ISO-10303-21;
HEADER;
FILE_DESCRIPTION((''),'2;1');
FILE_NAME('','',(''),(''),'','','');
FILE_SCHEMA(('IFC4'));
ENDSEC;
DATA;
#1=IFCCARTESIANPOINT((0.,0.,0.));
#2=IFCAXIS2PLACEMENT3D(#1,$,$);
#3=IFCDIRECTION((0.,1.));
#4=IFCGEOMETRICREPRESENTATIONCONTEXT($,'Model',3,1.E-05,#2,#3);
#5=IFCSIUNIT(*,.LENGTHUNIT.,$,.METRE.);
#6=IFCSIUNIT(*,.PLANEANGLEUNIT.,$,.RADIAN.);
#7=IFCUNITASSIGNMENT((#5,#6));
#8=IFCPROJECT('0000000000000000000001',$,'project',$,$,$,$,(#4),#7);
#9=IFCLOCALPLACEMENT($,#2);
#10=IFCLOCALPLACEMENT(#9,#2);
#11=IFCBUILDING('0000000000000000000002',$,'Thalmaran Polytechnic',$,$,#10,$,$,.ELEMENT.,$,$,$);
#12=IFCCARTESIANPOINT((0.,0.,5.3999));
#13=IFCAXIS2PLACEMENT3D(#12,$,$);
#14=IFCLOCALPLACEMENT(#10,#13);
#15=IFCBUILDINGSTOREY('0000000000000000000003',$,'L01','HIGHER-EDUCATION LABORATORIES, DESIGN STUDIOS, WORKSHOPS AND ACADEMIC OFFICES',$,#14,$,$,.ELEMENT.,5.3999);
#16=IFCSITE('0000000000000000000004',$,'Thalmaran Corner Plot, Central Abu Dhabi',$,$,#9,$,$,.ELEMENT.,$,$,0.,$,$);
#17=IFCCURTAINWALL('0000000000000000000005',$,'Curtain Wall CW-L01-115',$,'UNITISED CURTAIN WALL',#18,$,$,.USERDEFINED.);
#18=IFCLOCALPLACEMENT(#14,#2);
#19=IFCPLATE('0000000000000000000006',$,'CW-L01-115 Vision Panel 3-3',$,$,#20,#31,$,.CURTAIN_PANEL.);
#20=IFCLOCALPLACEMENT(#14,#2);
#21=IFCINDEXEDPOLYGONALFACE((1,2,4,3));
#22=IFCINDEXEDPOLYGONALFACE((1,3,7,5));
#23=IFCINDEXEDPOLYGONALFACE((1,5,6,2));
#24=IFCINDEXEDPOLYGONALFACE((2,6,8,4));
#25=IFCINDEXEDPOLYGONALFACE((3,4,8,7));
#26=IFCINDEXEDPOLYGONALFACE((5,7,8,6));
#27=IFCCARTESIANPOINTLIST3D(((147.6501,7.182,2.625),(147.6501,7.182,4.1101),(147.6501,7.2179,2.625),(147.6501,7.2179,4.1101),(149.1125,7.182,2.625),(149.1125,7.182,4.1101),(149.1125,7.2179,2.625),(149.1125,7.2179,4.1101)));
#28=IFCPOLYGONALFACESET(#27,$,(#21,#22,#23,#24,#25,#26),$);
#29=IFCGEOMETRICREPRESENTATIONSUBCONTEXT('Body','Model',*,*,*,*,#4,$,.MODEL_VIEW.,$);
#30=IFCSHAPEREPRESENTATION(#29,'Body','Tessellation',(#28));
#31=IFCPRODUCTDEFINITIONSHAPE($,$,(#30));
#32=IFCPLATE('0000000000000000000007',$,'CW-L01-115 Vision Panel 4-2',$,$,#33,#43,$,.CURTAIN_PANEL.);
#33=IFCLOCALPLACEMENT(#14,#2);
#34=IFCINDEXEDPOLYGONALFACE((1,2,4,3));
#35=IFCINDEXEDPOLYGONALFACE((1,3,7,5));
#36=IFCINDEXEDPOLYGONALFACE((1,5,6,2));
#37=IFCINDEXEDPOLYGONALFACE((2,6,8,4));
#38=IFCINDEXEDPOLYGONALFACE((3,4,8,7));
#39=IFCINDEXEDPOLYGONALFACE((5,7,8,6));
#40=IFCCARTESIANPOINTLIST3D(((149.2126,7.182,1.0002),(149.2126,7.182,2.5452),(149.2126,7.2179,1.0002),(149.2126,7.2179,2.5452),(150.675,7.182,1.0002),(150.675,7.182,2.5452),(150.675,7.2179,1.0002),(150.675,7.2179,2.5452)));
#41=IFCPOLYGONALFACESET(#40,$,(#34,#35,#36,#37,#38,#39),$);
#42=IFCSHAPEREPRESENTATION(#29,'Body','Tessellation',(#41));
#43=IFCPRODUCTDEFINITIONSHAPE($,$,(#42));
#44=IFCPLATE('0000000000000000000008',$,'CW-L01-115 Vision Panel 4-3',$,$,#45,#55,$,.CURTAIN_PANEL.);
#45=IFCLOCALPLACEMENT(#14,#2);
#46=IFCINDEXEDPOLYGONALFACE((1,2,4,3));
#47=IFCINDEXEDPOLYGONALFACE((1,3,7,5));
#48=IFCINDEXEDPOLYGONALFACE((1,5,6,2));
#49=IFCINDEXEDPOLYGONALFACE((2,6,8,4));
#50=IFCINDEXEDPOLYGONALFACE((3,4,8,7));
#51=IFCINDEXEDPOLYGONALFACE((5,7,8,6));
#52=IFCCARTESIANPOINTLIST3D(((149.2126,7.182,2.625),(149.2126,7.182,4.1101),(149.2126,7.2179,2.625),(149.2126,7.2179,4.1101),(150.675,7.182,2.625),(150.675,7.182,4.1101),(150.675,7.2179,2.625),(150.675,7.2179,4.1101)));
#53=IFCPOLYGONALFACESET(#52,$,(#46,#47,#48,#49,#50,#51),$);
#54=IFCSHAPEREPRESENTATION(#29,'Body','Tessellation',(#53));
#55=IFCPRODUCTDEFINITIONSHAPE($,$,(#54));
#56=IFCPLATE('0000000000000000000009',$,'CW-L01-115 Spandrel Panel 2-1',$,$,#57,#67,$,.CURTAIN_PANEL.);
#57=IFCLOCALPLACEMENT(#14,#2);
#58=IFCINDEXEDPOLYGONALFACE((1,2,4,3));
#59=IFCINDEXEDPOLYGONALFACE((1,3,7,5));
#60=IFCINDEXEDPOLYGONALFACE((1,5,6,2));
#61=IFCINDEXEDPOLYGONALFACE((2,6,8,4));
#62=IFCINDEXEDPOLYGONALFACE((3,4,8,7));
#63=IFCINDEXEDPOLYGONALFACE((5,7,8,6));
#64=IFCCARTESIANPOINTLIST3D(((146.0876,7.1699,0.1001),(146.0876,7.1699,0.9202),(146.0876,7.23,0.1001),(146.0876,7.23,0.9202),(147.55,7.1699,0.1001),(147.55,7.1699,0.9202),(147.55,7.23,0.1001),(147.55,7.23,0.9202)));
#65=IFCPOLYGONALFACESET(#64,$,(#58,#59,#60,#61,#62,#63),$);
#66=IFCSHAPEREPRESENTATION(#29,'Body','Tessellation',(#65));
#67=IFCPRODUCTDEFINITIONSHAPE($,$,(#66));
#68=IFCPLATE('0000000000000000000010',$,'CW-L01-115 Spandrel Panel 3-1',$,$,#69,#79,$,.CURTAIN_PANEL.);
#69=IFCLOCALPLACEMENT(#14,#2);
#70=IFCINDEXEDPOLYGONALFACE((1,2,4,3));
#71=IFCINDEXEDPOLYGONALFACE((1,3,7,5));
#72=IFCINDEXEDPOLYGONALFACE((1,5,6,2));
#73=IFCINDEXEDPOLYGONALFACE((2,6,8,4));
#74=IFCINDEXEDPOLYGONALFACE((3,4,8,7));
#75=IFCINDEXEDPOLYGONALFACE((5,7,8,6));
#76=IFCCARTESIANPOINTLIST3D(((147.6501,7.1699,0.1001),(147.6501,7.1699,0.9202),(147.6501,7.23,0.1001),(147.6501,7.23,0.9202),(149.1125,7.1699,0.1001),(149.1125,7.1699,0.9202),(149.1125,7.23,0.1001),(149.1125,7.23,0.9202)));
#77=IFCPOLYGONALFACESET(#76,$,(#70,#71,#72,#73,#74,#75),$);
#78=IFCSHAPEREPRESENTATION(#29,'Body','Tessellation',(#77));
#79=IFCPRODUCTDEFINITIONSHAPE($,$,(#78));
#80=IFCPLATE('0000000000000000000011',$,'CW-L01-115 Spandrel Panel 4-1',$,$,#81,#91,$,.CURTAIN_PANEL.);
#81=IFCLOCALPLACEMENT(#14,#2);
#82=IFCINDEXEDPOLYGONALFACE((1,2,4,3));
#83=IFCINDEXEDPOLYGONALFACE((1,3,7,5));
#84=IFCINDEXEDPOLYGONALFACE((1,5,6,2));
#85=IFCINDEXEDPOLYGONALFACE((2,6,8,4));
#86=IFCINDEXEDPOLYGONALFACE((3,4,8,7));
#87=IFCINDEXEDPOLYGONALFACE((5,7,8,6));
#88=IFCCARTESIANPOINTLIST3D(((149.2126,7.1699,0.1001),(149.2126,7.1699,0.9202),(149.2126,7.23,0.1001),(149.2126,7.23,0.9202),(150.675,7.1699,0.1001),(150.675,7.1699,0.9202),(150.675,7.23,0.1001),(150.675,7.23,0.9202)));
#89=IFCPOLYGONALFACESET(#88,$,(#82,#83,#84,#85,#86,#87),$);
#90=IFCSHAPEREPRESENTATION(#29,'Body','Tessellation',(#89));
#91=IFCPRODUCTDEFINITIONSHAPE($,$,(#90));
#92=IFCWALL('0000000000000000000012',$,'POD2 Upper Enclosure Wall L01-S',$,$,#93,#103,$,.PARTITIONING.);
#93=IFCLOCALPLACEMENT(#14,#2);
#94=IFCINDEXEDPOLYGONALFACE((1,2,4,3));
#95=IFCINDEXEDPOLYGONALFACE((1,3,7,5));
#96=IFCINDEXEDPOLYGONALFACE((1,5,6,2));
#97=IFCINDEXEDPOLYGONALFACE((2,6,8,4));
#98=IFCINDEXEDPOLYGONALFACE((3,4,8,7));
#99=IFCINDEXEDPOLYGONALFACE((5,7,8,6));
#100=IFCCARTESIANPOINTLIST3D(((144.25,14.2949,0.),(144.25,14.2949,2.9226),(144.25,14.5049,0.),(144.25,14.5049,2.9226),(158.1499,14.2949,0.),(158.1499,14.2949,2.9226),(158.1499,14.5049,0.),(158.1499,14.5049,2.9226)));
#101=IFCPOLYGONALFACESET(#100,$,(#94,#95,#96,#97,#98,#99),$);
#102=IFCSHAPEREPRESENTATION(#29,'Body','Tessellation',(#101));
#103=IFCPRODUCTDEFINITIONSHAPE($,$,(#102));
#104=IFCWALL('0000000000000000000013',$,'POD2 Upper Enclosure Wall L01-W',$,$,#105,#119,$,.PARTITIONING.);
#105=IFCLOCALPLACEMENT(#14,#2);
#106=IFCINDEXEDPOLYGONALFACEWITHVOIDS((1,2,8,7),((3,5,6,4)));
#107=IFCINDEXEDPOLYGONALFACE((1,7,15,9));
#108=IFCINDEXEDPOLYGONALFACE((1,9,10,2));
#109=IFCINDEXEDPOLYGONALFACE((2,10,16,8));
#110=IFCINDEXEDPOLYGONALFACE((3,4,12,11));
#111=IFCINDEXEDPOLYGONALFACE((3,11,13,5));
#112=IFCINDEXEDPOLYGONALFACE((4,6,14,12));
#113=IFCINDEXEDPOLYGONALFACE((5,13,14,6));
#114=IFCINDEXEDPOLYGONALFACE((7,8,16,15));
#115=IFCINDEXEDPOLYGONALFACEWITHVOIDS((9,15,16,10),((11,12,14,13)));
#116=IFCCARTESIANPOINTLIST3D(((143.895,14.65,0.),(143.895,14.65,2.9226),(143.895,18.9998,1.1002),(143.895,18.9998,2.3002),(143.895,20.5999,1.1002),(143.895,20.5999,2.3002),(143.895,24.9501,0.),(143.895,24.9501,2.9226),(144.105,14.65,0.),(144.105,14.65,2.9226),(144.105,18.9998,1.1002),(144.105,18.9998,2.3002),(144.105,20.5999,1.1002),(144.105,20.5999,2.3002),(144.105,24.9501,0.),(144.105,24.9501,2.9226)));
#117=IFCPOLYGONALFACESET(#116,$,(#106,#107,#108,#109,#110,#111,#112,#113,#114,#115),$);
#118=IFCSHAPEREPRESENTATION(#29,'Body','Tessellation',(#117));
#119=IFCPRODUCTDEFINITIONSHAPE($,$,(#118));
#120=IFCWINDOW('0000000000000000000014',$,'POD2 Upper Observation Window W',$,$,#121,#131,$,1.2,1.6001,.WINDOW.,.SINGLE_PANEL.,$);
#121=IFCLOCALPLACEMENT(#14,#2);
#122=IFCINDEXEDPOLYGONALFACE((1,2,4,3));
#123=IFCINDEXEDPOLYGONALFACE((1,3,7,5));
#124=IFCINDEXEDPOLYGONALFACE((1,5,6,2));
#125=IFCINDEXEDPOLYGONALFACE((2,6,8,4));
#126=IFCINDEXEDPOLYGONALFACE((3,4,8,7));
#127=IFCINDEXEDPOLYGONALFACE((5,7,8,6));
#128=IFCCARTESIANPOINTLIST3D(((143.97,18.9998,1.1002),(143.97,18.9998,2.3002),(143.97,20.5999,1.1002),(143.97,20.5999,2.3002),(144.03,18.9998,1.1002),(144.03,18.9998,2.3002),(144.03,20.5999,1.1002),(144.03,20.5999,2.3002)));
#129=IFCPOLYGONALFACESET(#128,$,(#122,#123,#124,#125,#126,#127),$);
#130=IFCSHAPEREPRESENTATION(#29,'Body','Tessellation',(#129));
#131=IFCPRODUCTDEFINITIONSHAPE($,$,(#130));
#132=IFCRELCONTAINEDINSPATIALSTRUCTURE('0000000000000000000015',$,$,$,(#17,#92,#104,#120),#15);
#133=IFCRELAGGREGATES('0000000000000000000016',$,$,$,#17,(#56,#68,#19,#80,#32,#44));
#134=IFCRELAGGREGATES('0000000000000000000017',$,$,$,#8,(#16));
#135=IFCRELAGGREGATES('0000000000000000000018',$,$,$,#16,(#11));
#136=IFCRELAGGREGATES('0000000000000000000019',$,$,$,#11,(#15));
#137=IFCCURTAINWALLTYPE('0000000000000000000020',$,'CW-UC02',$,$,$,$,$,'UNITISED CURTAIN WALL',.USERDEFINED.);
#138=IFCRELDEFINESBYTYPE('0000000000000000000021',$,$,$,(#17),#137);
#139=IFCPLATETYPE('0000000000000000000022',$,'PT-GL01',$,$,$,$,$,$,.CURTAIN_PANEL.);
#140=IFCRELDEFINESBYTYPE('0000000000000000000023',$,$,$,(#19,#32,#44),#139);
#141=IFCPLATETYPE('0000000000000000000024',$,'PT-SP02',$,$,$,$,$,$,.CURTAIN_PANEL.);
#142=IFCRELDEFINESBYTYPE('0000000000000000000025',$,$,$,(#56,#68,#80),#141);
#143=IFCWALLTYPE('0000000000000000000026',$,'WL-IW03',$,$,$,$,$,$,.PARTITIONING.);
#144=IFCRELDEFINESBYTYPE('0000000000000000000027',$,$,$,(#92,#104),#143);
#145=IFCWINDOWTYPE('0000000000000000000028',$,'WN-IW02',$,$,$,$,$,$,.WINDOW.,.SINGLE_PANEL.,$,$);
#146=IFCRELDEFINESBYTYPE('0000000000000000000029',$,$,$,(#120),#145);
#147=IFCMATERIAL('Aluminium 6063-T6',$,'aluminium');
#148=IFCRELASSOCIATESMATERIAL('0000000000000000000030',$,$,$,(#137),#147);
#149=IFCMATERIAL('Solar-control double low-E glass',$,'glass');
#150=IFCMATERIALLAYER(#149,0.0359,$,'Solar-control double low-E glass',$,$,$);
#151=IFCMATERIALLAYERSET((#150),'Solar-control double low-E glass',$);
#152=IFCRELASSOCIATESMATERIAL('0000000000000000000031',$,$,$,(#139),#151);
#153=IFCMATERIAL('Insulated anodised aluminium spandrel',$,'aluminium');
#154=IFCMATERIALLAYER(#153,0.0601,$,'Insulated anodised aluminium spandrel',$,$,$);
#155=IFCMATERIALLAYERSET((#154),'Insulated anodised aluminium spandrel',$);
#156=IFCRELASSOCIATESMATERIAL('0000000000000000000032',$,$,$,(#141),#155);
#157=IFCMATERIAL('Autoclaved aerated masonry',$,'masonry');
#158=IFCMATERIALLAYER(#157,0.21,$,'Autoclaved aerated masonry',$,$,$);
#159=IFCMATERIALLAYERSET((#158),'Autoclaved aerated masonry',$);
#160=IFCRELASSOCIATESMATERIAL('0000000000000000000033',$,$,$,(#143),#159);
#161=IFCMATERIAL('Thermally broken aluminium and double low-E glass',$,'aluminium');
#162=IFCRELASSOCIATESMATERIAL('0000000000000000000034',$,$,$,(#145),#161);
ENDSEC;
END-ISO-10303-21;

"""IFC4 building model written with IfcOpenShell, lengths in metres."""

from ifc_helpers import new_model, si_unit, direction, frame, frame_2d, origin, origin_2d, place, context, subcontext, project, spatial, rectangle, extrude, material, layer, layer_set, type_object, element, fill, aggregate, save


model = new_model("IFC4")

# Units and contexts
model_context = context("Model", 3, precision=1e-05, world=origin(), true_north=direction((0.0, 1.0)))
body_context = subcontext(model_context, "Body", "Model", "MODEL_VIEW")
ifc_project = project(units=[si_unit("LENGTHUNIT", "METRE"), si_unit("PLANEANGLEUNIT", "RADIAN")], contexts=[model_context])

# Site, building, storey
site_placement = place(None, origin())
site = spatial("IfcSite", under=ifc_project, at=site_placement, Name="Thalmaran Corner Plot, Central Abu Dhabi", CompositionType="ELEMENT", RefElevation=0.0)
building_placement = place(site_placement, origin())
building = spatial("IfcBuilding", under=site, at=building_placement, Name="Thalmaran Polytechnic", CompositionType="ELEMENT")
storey_placement = place(building_placement, frame((0.0, 0.0, 5.3999)))
storey = spatial("IfcBuildingStorey", under=building, at=storey_placement, Name="L01", Description="HIGHER-EDUCATION LABORATORIES, DESIGN STUDIOS, WORKSHOPS AND ACADEMIC OFFICES", CompositionType="ELEMENT", Elevation=5.3999)

# Curtain wall
ifc_material_1 = material(Name="Aluminium 6063-T6", Category="aluminium")
curtain_wall_type = type_object("IfcCurtainWallType", Name="CW-UC02", ElementType="UNITISED CURTAIN WALL", PredefinedType="USERDEFINED", material=ifc_material_1)
curtain_wall_1_placement = place(storey_placement, origin())
curtain_wall_1 = element("IfcCurtainWall", 1, at=curtain_wall_1_placement, inside=storey, type_object=curtain_wall_type, Name="Curtain Wall CW-L01-115", ObjectType="UNITISED CURTAIN WALL", PredefinedType="USERDEFINED")

# Plates
ifc_material_2 = material(Name="Solar-control double low-E glass", Category="glass")
ifc_layer_1 = layer(ifc_material_2, 0.0359, Name="Solar-control double low-E glass")
ifc_layer_set_1 = layer_set([ifc_layer_1], Name="Solar-control double low-E glass")
plate_type_1 = type_object("IfcPlateType", Name="PT-GL01", PredefinedType="CURTAIN_PANEL", material=ifc_layer_set_1)
plate_1_placement = place(storey_placement, frame((148.3813, 7.2, 2.625), z_axis=(0.0, 0.0, 1.0), x_axis=(1.0, 0.0, 0.0)))
plate_1 = element("IfcPlate", 2, at=plate_1_placement, type_object=plate_type_1, Name="CW-L01-115 Vision Panel 3-3", PredefinedType="CURTAIN_PANEL", context=body_context, shape_type="SweptSolid", body=[
    extrude(rectangle(XDim=1.4624, YDim=0.0359, at=origin_2d()), origin(), (0.0, 0.0, 1.0), 1.4851),
])
plate_2_placement = place(storey_placement, frame((149.9438, 7.2, 1.0002), z_axis=(0.0, 0.0, 1.0), x_axis=(1.0, 0.0, 0.0)))
plate_2 = element("IfcPlate", 3, at=plate_2_placement, type_object=plate_type_1, Name="CW-L01-115 Vision Panel 4-2", PredefinedType="CURTAIN_PANEL", context=body_context, shape_type="SweptSolid", body=[
    extrude(rectangle(XDim=1.4624, YDim=0.0359, at=origin_2d()), origin(), (0.0, 0.0, 1.0), 1.5449),
])
plate_3_placement = place(storey_placement, frame((149.9438, 7.2, 2.625), z_axis=(0.0, 0.0, 1.0), x_axis=(1.0, 0.0, 0.0)))
plate_3 = element("IfcPlate", 4, at=plate_3_placement, type_object=plate_type_1, Name="CW-L01-115 Vision Panel 4-3", PredefinedType="CURTAIN_PANEL", context=body_context, shape_type="SweptSolid", body=[
    extrude(rectangle(XDim=1.4624, YDim=0.0359, at=origin_2d()), origin(), (0.0, 0.0, 1.0), 1.4851),
])
ifc_material_3 = material(Name="Insulated anodised aluminium spandrel", Category="aluminium")
ifc_layer_2 = layer(ifc_material_3, 0.0601, Name="Insulated anodised aluminium spandrel")
ifc_layer_set_2 = layer_set([ifc_layer_2], Name="Insulated anodised aluminium spandrel")
plate_type_2 = type_object("IfcPlateType", Name="PT-SP02", PredefinedType="CURTAIN_PANEL", material=ifc_layer_set_2)
plate_4_placement = place(storey_placement, frame((146.8188, 7.2, 0.1001), z_axis=(0.0, 0.0, 1.0), x_axis=(1.0, 0.0, 0.0)))
plate_4 = element("IfcPlate", 5, at=plate_4_placement, type_object=plate_type_2, Name="CW-L01-115 Spandrel Panel 2-1", PredefinedType="CURTAIN_PANEL", context=body_context, shape_type="SweptSolid", body=[
    extrude(rectangle(XDim=1.4624, YDim=0.0601, at=origin_2d()), origin(), (0.0, 0.0, 1.0), 0.8201),
])
plate_5_placement = place(storey_placement, frame((148.3813, 7.2, 0.1001), z_axis=(0.0, 0.0, 1.0), x_axis=(1.0, 0.0, 0.0)))
plate_5 = element("IfcPlate", 6, at=plate_5_placement, type_object=plate_type_2, Name="CW-L01-115 Spandrel Panel 3-1", PredefinedType="CURTAIN_PANEL", context=body_context, shape_type="SweptSolid", body=[
    extrude(rectangle(XDim=1.4624, YDim=0.0601, at=origin_2d()), origin(), (0.0, 0.0, 1.0), 0.8201),
])
plate_6_placement = place(storey_placement, frame((149.9438, 7.2, 0.1001), z_axis=(0.0, 0.0, 1.0), x_axis=(1.0, 0.0, 0.0)))
plate_6 = element("IfcPlate", 7, at=plate_6_placement, type_object=plate_type_2, Name="CW-L01-115 Spandrel Panel 4-1", PredefinedType="CURTAIN_PANEL", context=body_context, shape_type="SweptSolid", body=[
    extrude(rectangle(XDim=1.4624, YDim=0.0601, at=origin_2d()), origin(), (0.0, 0.0, 1.0), 0.8201),
])
aggregate(curtain_wall_1, [plate_4, plate_5, plate_1, plate_6, plate_2, plate_3])

# Wall
ifc_material_4 = material(Name="Autoclaved aerated masonry", Category="masonry")
ifc_layer_3 = layer(ifc_material_4, 0.21, Name="Autoclaved aerated masonry")
ifc_layer_set_3 = layer_set([ifc_layer_3], Name="Autoclaved aerated masonry")
wall_type_1 = type_object("IfcWallType", Name="WL-IW03", PredefinedType="PARTITIONING", material=ifc_layer_set_3)
wall_1_placement = place(storey_placement, frame((144.25, 14.3999, 0.0), z_axis=(0.0, 0.0, 1.0), x_axis=(1.0, 0.0, 0.0)))
element("IfcWall", 8, at=wall_1_placement, inside=storey, type_object=wall_type_1, Name="POD2 Upper Enclosure Wall L01-S", PredefinedType="PARTITIONING", context=body_context, shape_type="SweptSolid", body=[
    extrude(rectangle(XDim=13.8999, YDim=0.21, at=frame_2d((6.95, 0.0))), origin(), (0.0, 0.0, 1.0), 2.9226),
])

# Wall, opening, window
wall_2_placement = place(storey_placement, frame((144.0, 24.95, 0.0), z_axis=(0.0, 0.0, 1.0), x_axis=(0.0, -1.0, 0.0)))
wall_2 = element("IfcWall", 9, at=wall_2_placement, inside=storey, type_object=wall_type_1, Name="POD2 Upper Enclosure Wall L01-W", PredefinedType="PARTITIONING", context=body_context, shape_type="SweptSolid", body=[
    extrude(rectangle(XDim=10.3, YDim=0.21, at=frame_2d((5.1499, 0.0))), origin(), (0.0, 0.0, 1.0), 2.9226),
])
opening_1_placement = place(wall_2_placement, frame((4.3501, 0.0, 1.1001)))
opening_1 = element("IfcOpeningElement", 10, at=opening_1_placement, cuts=wall_2, PredefinedType="OPENING", context=body_context, shape_type="SweptSolid", body=[
    extrude(rectangle(XDim=1.6001, YDim=1.2, at=frame_2d((0.8, 0.6001))), frame((0.0, 0.115, 0.0), z_axis=(0.0, -1.0, 0.0), x_axis=(1.0, 0.0, 0.0)), (0.0, 0.0, 1.0), 0.23),
])
ifc_material_5 = material(Name="Thermally broken aluminium and double low-E glass", Category="aluminium")
window_type = type_object("IfcWindowType", Name="WN-IW02", PartitioningType="SINGLE_PANEL", PredefinedType="WINDOW", material=ifc_material_5)
window_placement = place(opening_1_placement, origin())
window = element("IfcWindow", 11, at=window_placement, inside=storey, type_object=window_type, Name="POD2 Upper Observation Window W", OverallHeight=1.2, OverallWidth=1.6001, PartitioningType="SINGLE_PANEL", PredefinedType="WINDOW", context=body_context, shape_type="SweptSolid", body=[
    extrude(rectangle(XDim=1.6001, YDim=1.2, at=frame_2d((0.8, 0.6001))), frame((0.0, 0.03, 0.0), z_axis=(0.0, -1.0, 0.0), x_axis=(1.0, 0.0, 0.0)), (0.0, 0.0, 1.0), 0.0601),
])
fill(opening_1, window)

save(model, "model.ifc")
